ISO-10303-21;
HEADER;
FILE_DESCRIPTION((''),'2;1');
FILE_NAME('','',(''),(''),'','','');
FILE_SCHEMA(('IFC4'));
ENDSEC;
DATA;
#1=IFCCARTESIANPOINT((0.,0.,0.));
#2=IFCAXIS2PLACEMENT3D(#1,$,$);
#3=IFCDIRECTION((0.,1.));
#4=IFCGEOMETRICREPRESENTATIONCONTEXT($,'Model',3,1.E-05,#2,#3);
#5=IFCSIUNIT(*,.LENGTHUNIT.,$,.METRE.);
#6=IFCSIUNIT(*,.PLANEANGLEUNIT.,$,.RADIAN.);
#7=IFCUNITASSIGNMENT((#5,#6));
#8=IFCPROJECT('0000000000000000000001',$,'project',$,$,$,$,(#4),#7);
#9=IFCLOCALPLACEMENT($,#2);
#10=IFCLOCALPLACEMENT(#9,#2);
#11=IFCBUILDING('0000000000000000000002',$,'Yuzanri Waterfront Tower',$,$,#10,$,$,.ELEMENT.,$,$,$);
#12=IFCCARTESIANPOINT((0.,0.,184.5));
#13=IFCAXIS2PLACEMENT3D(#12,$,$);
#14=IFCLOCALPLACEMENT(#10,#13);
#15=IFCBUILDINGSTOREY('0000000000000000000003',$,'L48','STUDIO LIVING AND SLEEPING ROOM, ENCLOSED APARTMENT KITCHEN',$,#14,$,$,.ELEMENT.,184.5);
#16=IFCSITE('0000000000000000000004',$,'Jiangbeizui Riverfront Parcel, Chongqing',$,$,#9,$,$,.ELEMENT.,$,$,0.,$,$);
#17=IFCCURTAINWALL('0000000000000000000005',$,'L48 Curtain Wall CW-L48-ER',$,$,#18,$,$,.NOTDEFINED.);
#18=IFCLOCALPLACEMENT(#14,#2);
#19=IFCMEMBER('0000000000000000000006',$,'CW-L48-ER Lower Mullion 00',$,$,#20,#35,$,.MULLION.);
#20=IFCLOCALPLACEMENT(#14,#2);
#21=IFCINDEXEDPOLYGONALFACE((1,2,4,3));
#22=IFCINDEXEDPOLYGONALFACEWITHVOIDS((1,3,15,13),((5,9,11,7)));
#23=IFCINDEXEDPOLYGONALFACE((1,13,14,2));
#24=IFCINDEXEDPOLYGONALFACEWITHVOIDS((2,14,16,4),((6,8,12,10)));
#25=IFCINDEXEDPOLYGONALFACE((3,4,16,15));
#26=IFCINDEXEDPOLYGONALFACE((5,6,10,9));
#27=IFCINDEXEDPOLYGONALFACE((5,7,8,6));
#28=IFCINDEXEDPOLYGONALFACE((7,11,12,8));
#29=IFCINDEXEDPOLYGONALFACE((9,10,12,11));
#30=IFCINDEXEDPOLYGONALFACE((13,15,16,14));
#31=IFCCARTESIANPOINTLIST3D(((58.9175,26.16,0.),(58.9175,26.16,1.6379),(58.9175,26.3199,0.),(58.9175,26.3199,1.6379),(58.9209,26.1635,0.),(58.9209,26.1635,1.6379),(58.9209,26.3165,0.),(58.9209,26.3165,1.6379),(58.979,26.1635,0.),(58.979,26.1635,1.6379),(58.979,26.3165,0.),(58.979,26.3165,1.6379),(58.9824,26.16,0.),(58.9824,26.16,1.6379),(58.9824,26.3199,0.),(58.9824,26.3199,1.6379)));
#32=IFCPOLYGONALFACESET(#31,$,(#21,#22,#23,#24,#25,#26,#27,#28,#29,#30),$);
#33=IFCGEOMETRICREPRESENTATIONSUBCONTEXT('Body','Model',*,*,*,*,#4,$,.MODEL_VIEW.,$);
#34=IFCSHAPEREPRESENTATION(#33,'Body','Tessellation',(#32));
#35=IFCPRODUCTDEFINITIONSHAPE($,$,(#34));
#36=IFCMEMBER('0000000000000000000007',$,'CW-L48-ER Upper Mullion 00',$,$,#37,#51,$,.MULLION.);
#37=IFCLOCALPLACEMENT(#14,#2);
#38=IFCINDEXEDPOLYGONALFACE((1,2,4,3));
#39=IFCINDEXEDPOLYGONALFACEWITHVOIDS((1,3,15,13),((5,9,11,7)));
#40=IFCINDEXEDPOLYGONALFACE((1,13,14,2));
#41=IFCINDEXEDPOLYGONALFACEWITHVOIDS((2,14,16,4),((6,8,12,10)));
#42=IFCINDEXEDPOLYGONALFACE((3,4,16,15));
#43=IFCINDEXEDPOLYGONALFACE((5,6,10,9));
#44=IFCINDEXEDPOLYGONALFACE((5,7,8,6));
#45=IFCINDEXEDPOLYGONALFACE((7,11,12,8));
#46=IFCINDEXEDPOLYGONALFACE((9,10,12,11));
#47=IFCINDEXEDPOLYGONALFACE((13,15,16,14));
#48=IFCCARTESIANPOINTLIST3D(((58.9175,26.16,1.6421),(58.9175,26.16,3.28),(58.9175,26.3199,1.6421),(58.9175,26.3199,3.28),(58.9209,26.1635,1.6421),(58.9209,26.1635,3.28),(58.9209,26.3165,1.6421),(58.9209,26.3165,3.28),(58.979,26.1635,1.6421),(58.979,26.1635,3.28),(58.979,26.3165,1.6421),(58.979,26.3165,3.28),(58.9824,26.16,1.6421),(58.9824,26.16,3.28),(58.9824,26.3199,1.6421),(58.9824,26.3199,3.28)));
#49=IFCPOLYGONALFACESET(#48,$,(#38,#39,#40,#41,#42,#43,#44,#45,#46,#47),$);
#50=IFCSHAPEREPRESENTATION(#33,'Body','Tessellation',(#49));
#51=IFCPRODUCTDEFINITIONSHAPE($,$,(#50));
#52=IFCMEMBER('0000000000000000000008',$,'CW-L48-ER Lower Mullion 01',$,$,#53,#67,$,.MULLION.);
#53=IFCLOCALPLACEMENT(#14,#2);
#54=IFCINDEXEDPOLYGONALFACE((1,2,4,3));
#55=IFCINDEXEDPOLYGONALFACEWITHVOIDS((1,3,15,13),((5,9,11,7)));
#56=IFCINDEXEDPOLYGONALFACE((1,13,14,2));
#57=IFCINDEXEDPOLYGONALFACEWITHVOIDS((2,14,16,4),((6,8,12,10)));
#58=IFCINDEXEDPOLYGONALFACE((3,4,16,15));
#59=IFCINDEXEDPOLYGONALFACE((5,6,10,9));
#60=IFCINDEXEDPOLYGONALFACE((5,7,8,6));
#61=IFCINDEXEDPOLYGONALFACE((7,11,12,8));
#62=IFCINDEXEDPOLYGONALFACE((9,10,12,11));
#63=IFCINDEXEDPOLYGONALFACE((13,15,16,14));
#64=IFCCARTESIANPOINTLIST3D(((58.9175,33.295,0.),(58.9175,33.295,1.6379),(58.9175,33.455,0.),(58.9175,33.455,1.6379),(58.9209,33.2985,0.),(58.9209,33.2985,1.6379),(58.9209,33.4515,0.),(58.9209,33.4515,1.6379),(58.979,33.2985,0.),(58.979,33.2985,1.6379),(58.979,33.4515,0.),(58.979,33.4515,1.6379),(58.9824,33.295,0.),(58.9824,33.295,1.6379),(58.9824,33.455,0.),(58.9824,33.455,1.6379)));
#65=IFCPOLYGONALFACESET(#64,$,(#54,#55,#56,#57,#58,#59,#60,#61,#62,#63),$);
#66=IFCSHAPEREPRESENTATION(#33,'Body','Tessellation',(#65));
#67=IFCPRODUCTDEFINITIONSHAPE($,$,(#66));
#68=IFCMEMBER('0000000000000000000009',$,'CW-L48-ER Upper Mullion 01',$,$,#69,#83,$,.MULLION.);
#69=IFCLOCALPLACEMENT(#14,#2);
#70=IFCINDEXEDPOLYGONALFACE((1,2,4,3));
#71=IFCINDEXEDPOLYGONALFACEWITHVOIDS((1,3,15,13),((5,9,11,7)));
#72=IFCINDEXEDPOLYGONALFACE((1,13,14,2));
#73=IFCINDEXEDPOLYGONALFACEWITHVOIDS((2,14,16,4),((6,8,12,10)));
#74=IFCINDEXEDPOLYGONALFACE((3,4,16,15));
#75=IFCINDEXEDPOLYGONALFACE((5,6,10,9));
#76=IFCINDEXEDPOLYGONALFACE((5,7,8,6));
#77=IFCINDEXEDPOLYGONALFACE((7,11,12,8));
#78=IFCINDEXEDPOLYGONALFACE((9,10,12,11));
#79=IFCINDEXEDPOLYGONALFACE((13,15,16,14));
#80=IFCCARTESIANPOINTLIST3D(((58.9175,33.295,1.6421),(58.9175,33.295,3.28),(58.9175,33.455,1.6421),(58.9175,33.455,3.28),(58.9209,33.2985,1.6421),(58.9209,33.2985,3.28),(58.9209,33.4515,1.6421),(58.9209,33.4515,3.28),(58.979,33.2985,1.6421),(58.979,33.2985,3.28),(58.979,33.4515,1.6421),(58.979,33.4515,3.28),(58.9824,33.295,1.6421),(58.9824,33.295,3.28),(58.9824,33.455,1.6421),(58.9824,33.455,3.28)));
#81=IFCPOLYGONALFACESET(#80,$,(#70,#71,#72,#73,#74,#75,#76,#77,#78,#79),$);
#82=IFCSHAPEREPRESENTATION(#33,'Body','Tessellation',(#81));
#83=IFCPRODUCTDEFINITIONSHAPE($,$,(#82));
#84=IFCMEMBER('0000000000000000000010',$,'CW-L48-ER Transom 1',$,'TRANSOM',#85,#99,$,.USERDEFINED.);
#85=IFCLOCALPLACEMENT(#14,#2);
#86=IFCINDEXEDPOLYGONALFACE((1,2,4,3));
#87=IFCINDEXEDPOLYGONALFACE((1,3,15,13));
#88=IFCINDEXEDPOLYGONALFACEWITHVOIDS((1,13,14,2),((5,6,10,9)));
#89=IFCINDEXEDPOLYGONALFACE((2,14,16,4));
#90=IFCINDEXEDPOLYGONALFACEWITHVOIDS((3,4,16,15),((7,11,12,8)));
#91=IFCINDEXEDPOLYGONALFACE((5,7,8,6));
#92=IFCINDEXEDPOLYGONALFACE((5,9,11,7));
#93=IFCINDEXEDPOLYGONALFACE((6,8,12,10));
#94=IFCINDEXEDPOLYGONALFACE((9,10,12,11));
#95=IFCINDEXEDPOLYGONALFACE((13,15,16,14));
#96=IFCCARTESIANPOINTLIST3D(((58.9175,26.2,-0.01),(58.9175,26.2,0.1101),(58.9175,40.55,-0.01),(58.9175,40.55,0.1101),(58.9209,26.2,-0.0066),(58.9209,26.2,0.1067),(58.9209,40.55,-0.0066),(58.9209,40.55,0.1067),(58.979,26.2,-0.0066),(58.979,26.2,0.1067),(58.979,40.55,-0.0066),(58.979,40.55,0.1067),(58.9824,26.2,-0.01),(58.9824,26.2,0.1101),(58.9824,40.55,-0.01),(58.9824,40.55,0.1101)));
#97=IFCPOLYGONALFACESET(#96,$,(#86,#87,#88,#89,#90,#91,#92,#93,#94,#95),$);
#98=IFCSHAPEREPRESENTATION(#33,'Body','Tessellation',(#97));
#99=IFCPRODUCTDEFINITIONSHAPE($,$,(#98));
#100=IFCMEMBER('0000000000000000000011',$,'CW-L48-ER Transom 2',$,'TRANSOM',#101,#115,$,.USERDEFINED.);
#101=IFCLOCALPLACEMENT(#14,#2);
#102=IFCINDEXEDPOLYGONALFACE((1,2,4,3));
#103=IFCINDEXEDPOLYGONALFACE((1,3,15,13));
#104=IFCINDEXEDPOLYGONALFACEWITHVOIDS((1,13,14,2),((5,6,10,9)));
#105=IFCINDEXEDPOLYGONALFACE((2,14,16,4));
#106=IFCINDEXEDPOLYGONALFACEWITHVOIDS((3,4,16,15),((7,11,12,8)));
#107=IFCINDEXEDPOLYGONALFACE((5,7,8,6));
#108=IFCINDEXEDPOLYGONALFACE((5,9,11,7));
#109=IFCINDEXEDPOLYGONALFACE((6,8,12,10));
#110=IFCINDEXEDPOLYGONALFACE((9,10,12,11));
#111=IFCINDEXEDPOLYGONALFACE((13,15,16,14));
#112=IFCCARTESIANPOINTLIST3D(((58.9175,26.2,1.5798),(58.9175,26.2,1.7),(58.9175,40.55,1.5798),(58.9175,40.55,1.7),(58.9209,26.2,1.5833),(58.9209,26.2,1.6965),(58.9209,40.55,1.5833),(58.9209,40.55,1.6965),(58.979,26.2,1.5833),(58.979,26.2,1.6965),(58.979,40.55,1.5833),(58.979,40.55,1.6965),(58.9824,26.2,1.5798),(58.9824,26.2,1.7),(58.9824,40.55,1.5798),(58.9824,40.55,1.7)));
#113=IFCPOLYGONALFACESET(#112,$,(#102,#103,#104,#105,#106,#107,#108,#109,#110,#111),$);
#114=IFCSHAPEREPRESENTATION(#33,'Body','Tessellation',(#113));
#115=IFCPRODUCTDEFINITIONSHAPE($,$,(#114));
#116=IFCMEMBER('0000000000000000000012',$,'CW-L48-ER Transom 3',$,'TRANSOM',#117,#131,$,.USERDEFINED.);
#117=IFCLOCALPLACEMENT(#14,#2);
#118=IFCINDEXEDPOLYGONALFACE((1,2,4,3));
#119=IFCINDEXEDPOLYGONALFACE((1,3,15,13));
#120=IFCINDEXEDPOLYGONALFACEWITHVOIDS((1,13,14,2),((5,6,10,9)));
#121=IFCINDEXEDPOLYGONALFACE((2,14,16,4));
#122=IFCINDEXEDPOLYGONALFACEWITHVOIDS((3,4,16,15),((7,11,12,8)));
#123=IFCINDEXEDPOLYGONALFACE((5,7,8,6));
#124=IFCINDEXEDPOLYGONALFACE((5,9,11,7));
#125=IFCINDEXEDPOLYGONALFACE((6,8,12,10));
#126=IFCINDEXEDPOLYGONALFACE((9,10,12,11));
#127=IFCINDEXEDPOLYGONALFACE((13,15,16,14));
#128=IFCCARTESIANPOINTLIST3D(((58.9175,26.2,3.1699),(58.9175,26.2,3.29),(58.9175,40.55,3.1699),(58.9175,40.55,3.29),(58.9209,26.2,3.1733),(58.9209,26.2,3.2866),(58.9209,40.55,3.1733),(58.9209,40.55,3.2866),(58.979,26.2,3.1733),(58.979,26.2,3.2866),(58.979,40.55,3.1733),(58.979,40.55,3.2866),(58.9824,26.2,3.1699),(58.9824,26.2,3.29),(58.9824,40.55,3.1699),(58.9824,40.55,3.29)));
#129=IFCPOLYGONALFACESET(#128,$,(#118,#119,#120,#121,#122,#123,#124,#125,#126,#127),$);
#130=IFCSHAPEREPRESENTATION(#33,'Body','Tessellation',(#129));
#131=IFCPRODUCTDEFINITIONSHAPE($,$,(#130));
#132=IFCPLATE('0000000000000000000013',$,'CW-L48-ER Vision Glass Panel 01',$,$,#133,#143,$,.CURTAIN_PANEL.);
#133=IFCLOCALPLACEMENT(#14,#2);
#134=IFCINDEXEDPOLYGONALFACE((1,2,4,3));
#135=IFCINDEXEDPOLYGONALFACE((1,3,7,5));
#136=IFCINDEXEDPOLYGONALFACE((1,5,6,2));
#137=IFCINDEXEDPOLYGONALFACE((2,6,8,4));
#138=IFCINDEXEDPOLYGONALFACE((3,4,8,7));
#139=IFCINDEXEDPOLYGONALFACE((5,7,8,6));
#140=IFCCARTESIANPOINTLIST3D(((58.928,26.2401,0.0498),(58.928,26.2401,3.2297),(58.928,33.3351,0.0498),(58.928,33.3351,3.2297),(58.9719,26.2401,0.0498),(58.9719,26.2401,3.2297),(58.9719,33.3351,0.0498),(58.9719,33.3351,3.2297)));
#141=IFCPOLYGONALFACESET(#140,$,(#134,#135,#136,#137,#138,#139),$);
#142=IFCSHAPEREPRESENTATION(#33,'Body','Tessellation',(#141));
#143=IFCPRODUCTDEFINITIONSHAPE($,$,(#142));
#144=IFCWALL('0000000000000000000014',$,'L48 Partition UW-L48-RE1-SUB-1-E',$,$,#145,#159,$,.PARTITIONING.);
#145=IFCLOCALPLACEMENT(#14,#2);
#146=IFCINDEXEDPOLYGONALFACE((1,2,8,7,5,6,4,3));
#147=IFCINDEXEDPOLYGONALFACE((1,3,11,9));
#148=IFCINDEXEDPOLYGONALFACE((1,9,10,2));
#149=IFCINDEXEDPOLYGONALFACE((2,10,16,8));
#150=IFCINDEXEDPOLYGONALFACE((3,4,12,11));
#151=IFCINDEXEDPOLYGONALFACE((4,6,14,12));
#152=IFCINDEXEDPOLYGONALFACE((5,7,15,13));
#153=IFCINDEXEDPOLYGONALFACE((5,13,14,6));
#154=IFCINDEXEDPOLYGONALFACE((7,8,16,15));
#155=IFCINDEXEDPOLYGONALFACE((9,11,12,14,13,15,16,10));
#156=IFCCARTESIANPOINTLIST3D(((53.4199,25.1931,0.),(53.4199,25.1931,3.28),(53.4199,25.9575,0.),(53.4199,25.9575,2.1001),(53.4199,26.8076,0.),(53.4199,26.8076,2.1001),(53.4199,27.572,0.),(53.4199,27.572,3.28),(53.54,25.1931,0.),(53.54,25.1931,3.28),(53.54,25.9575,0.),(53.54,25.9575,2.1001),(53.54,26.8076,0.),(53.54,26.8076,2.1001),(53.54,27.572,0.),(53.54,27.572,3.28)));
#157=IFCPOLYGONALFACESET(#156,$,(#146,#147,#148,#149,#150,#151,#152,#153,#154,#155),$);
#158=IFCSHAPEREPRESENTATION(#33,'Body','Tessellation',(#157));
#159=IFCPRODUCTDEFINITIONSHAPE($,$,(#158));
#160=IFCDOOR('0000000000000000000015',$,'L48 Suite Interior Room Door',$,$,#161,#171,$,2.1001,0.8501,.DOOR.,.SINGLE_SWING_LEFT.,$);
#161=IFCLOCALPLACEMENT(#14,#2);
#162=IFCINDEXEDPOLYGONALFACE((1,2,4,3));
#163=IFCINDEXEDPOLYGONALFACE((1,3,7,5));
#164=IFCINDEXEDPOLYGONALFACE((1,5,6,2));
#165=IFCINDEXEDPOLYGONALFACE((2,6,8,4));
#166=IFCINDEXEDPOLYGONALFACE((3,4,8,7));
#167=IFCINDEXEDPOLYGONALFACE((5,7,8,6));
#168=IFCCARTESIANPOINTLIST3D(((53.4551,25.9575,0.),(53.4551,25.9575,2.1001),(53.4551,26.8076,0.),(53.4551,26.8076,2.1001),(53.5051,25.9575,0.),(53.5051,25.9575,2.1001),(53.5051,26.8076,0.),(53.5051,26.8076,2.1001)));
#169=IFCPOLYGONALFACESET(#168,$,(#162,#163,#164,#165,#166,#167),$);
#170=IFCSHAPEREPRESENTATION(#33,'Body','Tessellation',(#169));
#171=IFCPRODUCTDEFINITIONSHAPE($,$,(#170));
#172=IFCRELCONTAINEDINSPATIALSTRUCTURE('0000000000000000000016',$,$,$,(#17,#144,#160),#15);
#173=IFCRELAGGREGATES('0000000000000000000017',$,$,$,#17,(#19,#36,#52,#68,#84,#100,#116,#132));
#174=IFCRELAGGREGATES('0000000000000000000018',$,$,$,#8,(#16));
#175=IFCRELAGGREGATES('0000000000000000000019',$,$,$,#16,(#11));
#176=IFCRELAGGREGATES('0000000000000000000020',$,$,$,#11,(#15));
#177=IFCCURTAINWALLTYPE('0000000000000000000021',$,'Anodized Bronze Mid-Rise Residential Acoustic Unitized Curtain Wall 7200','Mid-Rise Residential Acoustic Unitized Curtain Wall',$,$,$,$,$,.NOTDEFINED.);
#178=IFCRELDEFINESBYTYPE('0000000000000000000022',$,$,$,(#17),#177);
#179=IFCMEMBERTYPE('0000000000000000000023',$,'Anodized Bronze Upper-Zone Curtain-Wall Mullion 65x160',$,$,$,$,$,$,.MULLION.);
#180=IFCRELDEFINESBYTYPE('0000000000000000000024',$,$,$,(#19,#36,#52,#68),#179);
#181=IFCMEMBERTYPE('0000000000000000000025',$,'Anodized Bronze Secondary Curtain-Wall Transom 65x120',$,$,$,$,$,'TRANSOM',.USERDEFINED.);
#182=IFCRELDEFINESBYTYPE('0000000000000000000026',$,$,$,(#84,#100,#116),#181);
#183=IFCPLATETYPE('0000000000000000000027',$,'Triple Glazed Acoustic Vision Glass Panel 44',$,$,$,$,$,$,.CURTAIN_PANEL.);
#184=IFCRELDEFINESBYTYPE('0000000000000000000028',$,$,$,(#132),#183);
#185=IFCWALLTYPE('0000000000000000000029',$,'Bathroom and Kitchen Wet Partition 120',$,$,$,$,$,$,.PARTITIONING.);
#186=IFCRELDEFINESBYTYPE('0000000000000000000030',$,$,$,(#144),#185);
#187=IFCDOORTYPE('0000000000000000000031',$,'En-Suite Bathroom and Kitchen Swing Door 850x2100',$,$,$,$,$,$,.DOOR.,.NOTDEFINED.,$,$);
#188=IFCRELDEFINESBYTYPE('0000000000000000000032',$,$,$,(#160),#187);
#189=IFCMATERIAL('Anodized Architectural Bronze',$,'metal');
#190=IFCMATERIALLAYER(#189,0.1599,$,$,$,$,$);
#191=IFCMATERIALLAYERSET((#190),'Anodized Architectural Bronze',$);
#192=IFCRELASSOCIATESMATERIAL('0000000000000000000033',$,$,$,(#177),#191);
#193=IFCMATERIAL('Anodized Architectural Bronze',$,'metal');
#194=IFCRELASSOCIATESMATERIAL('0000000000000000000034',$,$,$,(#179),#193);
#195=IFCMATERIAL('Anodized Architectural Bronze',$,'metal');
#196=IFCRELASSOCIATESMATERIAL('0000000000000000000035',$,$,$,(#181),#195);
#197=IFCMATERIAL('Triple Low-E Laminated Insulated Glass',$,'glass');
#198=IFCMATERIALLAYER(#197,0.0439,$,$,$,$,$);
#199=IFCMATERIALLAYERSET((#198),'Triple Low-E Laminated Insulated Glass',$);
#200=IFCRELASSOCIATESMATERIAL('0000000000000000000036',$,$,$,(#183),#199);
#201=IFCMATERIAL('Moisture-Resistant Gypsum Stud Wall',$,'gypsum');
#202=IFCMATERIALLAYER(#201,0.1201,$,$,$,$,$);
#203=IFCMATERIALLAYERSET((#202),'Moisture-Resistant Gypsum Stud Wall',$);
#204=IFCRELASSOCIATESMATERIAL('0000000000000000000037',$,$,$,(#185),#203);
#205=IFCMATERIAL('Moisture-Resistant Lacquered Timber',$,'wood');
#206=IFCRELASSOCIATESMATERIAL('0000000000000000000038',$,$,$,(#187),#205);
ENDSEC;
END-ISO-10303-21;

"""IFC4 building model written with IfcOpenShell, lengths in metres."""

from ifc_helpers import new_model, si_unit, direction, frame, frame_2d, origin, origin_2d, place, context, subcontext, project, spatial, rectangle, hollow_rectangle, extrude, source, transform, mapped, material, layer, layer_set, material_profile, profile_set, type_object, element, fill, aggregate, save


model = new_model("IFC4")

# Units and contexts
model_context = context("Model", 3, precision=1e-05, world=origin(), true_north=direction((0.0, 1.0)))
body_context = subcontext(model_context, "Body", "Model", "MODEL_VIEW")
ifc_project = project(units=[si_unit("LENGTHUNIT", "METRE"), si_unit("PLANEANGLEUNIT", "RADIAN")], contexts=[model_context])

# Site, building, storey
site_placement = place(None, origin())
site = spatial("IfcSite", under=ifc_project, at=site_placement, Name="Jiangbeizui Riverfront Parcel, Chongqing", CompositionType="ELEMENT", RefElevation=0.0)
building_placement = place(site_placement, origin())
building = spatial("IfcBuilding", under=site, at=building_placement, Name="Yuzanri Waterfront Tower", CompositionType="ELEMENT")
storey_placement = place(building_placement, frame((0.0, 0.0, 184.5)))
storey = spatial("IfcBuildingStorey", under=building, at=storey_placement, Name="L48", Description="STUDIO LIVING AND SLEEPING ROOM, ENCLOSED APARTMENT KITCHEN", CompositionType="ELEMENT", Elevation=184.5)

# Shared definitions
ifc_material_1 = material(Name="Anodized Architectural Bronze", Category="metal")
ifc_layer_1 = layer(ifc_material_1, 0.1599)
ifc_layer_set_1 = layer_set([ifc_layer_1], Name="Anodized Architectural Bronze")
curtain_wall_type = type_object("IfcCurtainWallType", Name="Anodized Bronze Mid-Rise Residential Acoustic Unitized Curtain Wall 7200", Description="Mid-Rise Residential Acoustic Unitized Curtain Wall", PredefinedType="NOTDEFINED", material=ifc_layer_set_1)
ifc_material_2 = material(Name="Anodized Architectural Bronze", Category="metal")
ifc_material_profile_1 = material_profile(ifc_material_2, hollow_rectangle(XDim=0.0649, YDim=0.1599, WallThickness=0.0034, at=origin_2d()), Name="CWM 65x160")
ifc_profile_set_1 = profile_set([ifc_material_profile_1], Name="Anodized Architectural Bronze")
member_type_1 = type_object("IfcMemberType", Name="Anodized Bronze Upper-Zone Curtain-Wall Mullion 65x160", PredefinedType="MULLION", material=ifc_profile_set_1)
shared_shape_1 = source(origin(), body_context, "Body", "SweptSolid", [
    extrude(hollow_rectangle(XDim=0.0649, YDim=0.1599, WallThickness=0.0034, at=origin_2d()), origin(), (0.0, 0.0, 1.0), 1.6379),
])

# Curtain wall, members, plate
curtain_wall_1_placement = place(storey_placement, origin())
curtain_wall_1 = element("IfcCurtainWall", 1, at=curtain_wall_1_placement, inside=storey, type_object=curtain_wall_type, Name="L48 Curtain Wall CW-L48-ER", PredefinedType="NOTDEFINED")
member_1_placement = place(storey_placement, frame((58.95, 26.24, 0.0), z_axis=(0.0, 0.0, 1.0), x_axis=(1.0, 0.0, 0.0)))
member_1 = element("IfcMember", 2, at=member_1_placement, type_object=member_type_1, Name="CW-L48-ER Lower Mullion 00", PredefinedType="MULLION", context=body_context, shape_type="MappedRepresentation", body=[
    mapped(shared_shape_1, transform((0.0, 0.0, 0.0), scale=1.0)),
])
member_2_placement = place(storey_placement, frame((58.95, 26.24, 1.6421), z_axis=(0.0, 0.0, 1.0), x_axis=(1.0, 0.0, 0.0)))
member_2 = element("IfcMember", 3, at=member_2_placement, type_object=member_type_1, Name="CW-L48-ER Upper Mullion 00", PredefinedType="MULLION", context=body_context, shape_type="MappedRepresentation", body=[
    mapped(shared_shape_1, transform((0.0, 0.0, 0.0), scale=1.0)),
])
member_3_placement = place(storey_placement, frame((58.95, 33.375, 0.0), z_axis=(0.0, 0.0, 1.0), x_axis=(1.0, 0.0, 0.0)))
member_3 = element("IfcMember", 4, at=member_3_placement, type_object=member_type_1, Name="CW-L48-ER Lower Mullion 01", PredefinedType="MULLION", context=body_context, shape_type="MappedRepresentation", body=[
    mapped(shared_shape_1, transform((0.0, 0.0, 0.0), scale=1.0)),
])
member_4_placement = place(storey_placement, frame((58.95, 33.375, 1.6421), z_axis=(0.0, 0.0, 1.0), x_axis=(1.0, 0.0, 0.0)))
member_4 = element("IfcMember", 5, at=member_4_placement, type_object=member_type_1, Name="CW-L48-ER Upper Mullion 01", PredefinedType="MULLION", context=body_context, shape_type="MappedRepresentation", body=[
    mapped(shared_shape_1, transform((0.0, 0.0, 0.0), scale=1.0)),
])
ifc_material_3 = material(Name="Anodized Architectural Bronze", Category="metal")
ifc_material_profile_2 = material_profile(ifc_material_3, hollow_rectangle(XDim=0.0649, YDim=0.1201, WallThickness=0.0034, at=origin_2d()), Name="CWT 65x120")
ifc_profile_set_2 = profile_set([ifc_material_profile_2], Name="Anodized Architectural Bronze")
member_type_2 = type_object("IfcMemberType", Name="Anodized Bronze Secondary Curtain-Wall Transom 65x120", ElementType="TRANSOM", PredefinedType="USERDEFINED", material=ifc_profile_set_2)
shared_shape_2 = source(origin(), body_context, "Body", "SweptSolid", [
    extrude(hollow_rectangle(XDim=0.0649, YDim=0.1201, WallThickness=0.0034, at=origin_2d()), origin(), (0.0, 0.0, 1.0), 14.3501),
])
member_5_placement = place(storey_placement, frame((58.95, 26.2, 0.05), z_axis=(0.0, 1.0, 0.0), x_axis=(-1.0, 0.0, 0.0)))
member_5 = element("IfcMember", 6, at=member_5_placement, type_object=member_type_2, Name="CW-L48-ER Transom 1", ObjectType="TRANSOM", PredefinedType="USERDEFINED", context=body_context, shape_type="MappedRepresentation", body=[
    mapped(shared_shape_2, transform((0.0, 0.0, 0.0), scale=1.0)),
])
member_6_placement = place(storey_placement, frame((58.95, 26.2, 1.6399), z_axis=(0.0, 1.0, 0.0), x_axis=(-1.0, 0.0, 0.0)))
member_6 = element("IfcMember", 7, at=member_6_placement, type_object=member_type_2, Name="CW-L48-ER Transom 2", ObjectType="TRANSOM", PredefinedType="USERDEFINED", context=body_context, shape_type="MappedRepresentation", body=[
    mapped(shared_shape_2, transform((0.0, 0.0, 0.0), scale=1.0)),
])
member_7_placement = place(storey_placement, frame((58.95, 26.2, 3.23), z_axis=(0.0, 1.0, 0.0), x_axis=(-1.0, 0.0, 0.0)))
member_7 = element("IfcMember", 8, at=member_7_placement, type_object=member_type_2, Name="CW-L48-ER Transom 3", ObjectType="TRANSOM", PredefinedType="USERDEFINED", context=body_context, shape_type="MappedRepresentation", body=[
    mapped(shared_shape_2, transform((0.0, 0.0, 0.0), scale=1.0)),
])
ifc_material_4 = material(Name="Triple Low-E Laminated Insulated Glass", Category="glass")
ifc_layer_2 = layer(ifc_material_4, 0.0439)
ifc_layer_set_2 = layer_set([ifc_layer_2], Name="Triple Low-E Laminated Insulated Glass")
plate_type = type_object("IfcPlateType", Name="Triple Glazed Acoustic Vision Glass Panel 44", PredefinedType="CURTAIN_PANEL", material=ifc_layer_set_2)
shared_shape_3 = source(origin(), body_context, "Body", "SweptSolid", [
    extrude(rectangle(XDim=7.095, YDim=0.0439, at=origin_2d()), origin(), (0.0, 0.0, 1.0), 3.1799),
])
plate_placement = place(storey_placement, frame((58.95, 29.7876, 0.0498), z_axis=(0.0, 0.0, 1.0), x_axis=(0.0, 1.0, 0.0)))
plate = element("IfcPlate", 9, at=plate_placement, type_object=plate_type, Name="CW-L48-ER Vision Glass Panel 01", PredefinedType="CURTAIN_PANEL", context=body_context, shape_type="MappedRepresentation", body=[
    mapped(shared_shape_3, transform((0.0, 0.0, 0.0), scale=1.0)),
])
aggregate(curtain_wall_1, [member_1, member_2, member_3, member_4, member_5, member_6, member_7, plate])

# Wall, opening, door
ifc_material_5 = material(Name="Moisture-Resistant Gypsum Stud Wall", Category="gypsum")
ifc_layer_3 = layer(ifc_material_5, 0.1201)
ifc_layer_set_3 = layer_set([ifc_layer_3], Name="Moisture-Resistant Gypsum Stud Wall")
wall_type_1 = type_object("IfcWallType", Name="Bathroom and Kitchen Wet Partition 120", PredefinedType="PARTITIONING", material=ifc_layer_set_3)
wall_1_placement = place(storey_placement, frame((53.48, 25.1931, 0.0), z_axis=(0.0, 0.0, 1.0), x_axis=(0.0, 1.0, 0.0)))
wall_1 = element("IfcWall", 10, at=wall_1_placement, inside=storey, type_object=wall_type_1, Name="L48 Partition UW-L48-RE1-SUB-1-E", PredefinedType="PARTITIONING", context=body_context, shape_type="SweptSolid", body=[
    extrude(rectangle(XDim=2.3789, YDim=0.1201, at=frame_2d((1.1895, 0.0))), origin(), (0.0, 0.0, 1.0), 3.28),
])
opening_1_placement = place(wall_1_placement, frame((0.7644, 0.0, 0.0)))
opening_1 = element("IfcOpeningElement", 11, at=opening_1_placement, cuts=wall_1, PredefinedType="OPENING", context=body_context, shape_type="SweptSolid", body=[
    extrude(rectangle(XDim=0.8501, YDim=2.1001, at=frame_2d((0.425, 1.05))), frame((0.0, 0.075, 0.0), z_axis=(0.0, -1.0, 0.0), x_axis=(1.0, 0.0, 0.0)), (0.0, 0.0, 1.0), 0.1499),
])
ifc_material_6 = material(Name="Moisture-Resistant Lacquered Timber", Category="wood")
door_type_1 = type_object("IfcDoorType", Name="En-Suite Bathroom and Kitchen Swing Door 850x2100", OperationType="NOTDEFINED", PredefinedType="DOOR", material=ifc_material_6)
shared_shape_4 = source(origin(), body_context, "Body", "SweptSolid", [
    extrude(rectangle(XDim=0.8501, YDim=2.1001, at=frame_2d((0.425, 1.05))), frame((0.0, 0.0249, 0.0), z_axis=(0.0, -1.0, 0.0), x_axis=(1.0, 0.0, 0.0)), (0.0, 0.0, 1.0), 0.05),
])
door_1_placement = place(opening_1_placement, origin())
door_1 = element("IfcDoor", 12, at=door_1_placement, inside=storey, type_object=door_type_1, Name="L48 Suite Interior Room Door", OperationType="SINGLE_SWING_LEFT", OverallHeight=2.1001, OverallWidth=0.8501, PredefinedType="DOOR", context=body_context, shape_type="MappedRepresentation", body=[
    mapped(shared_shape_4, transform((0.0, 0.0, 0.0), scale=1.0)),
])
fill(opening_1, door_1)

save(model, "model.ifc")
